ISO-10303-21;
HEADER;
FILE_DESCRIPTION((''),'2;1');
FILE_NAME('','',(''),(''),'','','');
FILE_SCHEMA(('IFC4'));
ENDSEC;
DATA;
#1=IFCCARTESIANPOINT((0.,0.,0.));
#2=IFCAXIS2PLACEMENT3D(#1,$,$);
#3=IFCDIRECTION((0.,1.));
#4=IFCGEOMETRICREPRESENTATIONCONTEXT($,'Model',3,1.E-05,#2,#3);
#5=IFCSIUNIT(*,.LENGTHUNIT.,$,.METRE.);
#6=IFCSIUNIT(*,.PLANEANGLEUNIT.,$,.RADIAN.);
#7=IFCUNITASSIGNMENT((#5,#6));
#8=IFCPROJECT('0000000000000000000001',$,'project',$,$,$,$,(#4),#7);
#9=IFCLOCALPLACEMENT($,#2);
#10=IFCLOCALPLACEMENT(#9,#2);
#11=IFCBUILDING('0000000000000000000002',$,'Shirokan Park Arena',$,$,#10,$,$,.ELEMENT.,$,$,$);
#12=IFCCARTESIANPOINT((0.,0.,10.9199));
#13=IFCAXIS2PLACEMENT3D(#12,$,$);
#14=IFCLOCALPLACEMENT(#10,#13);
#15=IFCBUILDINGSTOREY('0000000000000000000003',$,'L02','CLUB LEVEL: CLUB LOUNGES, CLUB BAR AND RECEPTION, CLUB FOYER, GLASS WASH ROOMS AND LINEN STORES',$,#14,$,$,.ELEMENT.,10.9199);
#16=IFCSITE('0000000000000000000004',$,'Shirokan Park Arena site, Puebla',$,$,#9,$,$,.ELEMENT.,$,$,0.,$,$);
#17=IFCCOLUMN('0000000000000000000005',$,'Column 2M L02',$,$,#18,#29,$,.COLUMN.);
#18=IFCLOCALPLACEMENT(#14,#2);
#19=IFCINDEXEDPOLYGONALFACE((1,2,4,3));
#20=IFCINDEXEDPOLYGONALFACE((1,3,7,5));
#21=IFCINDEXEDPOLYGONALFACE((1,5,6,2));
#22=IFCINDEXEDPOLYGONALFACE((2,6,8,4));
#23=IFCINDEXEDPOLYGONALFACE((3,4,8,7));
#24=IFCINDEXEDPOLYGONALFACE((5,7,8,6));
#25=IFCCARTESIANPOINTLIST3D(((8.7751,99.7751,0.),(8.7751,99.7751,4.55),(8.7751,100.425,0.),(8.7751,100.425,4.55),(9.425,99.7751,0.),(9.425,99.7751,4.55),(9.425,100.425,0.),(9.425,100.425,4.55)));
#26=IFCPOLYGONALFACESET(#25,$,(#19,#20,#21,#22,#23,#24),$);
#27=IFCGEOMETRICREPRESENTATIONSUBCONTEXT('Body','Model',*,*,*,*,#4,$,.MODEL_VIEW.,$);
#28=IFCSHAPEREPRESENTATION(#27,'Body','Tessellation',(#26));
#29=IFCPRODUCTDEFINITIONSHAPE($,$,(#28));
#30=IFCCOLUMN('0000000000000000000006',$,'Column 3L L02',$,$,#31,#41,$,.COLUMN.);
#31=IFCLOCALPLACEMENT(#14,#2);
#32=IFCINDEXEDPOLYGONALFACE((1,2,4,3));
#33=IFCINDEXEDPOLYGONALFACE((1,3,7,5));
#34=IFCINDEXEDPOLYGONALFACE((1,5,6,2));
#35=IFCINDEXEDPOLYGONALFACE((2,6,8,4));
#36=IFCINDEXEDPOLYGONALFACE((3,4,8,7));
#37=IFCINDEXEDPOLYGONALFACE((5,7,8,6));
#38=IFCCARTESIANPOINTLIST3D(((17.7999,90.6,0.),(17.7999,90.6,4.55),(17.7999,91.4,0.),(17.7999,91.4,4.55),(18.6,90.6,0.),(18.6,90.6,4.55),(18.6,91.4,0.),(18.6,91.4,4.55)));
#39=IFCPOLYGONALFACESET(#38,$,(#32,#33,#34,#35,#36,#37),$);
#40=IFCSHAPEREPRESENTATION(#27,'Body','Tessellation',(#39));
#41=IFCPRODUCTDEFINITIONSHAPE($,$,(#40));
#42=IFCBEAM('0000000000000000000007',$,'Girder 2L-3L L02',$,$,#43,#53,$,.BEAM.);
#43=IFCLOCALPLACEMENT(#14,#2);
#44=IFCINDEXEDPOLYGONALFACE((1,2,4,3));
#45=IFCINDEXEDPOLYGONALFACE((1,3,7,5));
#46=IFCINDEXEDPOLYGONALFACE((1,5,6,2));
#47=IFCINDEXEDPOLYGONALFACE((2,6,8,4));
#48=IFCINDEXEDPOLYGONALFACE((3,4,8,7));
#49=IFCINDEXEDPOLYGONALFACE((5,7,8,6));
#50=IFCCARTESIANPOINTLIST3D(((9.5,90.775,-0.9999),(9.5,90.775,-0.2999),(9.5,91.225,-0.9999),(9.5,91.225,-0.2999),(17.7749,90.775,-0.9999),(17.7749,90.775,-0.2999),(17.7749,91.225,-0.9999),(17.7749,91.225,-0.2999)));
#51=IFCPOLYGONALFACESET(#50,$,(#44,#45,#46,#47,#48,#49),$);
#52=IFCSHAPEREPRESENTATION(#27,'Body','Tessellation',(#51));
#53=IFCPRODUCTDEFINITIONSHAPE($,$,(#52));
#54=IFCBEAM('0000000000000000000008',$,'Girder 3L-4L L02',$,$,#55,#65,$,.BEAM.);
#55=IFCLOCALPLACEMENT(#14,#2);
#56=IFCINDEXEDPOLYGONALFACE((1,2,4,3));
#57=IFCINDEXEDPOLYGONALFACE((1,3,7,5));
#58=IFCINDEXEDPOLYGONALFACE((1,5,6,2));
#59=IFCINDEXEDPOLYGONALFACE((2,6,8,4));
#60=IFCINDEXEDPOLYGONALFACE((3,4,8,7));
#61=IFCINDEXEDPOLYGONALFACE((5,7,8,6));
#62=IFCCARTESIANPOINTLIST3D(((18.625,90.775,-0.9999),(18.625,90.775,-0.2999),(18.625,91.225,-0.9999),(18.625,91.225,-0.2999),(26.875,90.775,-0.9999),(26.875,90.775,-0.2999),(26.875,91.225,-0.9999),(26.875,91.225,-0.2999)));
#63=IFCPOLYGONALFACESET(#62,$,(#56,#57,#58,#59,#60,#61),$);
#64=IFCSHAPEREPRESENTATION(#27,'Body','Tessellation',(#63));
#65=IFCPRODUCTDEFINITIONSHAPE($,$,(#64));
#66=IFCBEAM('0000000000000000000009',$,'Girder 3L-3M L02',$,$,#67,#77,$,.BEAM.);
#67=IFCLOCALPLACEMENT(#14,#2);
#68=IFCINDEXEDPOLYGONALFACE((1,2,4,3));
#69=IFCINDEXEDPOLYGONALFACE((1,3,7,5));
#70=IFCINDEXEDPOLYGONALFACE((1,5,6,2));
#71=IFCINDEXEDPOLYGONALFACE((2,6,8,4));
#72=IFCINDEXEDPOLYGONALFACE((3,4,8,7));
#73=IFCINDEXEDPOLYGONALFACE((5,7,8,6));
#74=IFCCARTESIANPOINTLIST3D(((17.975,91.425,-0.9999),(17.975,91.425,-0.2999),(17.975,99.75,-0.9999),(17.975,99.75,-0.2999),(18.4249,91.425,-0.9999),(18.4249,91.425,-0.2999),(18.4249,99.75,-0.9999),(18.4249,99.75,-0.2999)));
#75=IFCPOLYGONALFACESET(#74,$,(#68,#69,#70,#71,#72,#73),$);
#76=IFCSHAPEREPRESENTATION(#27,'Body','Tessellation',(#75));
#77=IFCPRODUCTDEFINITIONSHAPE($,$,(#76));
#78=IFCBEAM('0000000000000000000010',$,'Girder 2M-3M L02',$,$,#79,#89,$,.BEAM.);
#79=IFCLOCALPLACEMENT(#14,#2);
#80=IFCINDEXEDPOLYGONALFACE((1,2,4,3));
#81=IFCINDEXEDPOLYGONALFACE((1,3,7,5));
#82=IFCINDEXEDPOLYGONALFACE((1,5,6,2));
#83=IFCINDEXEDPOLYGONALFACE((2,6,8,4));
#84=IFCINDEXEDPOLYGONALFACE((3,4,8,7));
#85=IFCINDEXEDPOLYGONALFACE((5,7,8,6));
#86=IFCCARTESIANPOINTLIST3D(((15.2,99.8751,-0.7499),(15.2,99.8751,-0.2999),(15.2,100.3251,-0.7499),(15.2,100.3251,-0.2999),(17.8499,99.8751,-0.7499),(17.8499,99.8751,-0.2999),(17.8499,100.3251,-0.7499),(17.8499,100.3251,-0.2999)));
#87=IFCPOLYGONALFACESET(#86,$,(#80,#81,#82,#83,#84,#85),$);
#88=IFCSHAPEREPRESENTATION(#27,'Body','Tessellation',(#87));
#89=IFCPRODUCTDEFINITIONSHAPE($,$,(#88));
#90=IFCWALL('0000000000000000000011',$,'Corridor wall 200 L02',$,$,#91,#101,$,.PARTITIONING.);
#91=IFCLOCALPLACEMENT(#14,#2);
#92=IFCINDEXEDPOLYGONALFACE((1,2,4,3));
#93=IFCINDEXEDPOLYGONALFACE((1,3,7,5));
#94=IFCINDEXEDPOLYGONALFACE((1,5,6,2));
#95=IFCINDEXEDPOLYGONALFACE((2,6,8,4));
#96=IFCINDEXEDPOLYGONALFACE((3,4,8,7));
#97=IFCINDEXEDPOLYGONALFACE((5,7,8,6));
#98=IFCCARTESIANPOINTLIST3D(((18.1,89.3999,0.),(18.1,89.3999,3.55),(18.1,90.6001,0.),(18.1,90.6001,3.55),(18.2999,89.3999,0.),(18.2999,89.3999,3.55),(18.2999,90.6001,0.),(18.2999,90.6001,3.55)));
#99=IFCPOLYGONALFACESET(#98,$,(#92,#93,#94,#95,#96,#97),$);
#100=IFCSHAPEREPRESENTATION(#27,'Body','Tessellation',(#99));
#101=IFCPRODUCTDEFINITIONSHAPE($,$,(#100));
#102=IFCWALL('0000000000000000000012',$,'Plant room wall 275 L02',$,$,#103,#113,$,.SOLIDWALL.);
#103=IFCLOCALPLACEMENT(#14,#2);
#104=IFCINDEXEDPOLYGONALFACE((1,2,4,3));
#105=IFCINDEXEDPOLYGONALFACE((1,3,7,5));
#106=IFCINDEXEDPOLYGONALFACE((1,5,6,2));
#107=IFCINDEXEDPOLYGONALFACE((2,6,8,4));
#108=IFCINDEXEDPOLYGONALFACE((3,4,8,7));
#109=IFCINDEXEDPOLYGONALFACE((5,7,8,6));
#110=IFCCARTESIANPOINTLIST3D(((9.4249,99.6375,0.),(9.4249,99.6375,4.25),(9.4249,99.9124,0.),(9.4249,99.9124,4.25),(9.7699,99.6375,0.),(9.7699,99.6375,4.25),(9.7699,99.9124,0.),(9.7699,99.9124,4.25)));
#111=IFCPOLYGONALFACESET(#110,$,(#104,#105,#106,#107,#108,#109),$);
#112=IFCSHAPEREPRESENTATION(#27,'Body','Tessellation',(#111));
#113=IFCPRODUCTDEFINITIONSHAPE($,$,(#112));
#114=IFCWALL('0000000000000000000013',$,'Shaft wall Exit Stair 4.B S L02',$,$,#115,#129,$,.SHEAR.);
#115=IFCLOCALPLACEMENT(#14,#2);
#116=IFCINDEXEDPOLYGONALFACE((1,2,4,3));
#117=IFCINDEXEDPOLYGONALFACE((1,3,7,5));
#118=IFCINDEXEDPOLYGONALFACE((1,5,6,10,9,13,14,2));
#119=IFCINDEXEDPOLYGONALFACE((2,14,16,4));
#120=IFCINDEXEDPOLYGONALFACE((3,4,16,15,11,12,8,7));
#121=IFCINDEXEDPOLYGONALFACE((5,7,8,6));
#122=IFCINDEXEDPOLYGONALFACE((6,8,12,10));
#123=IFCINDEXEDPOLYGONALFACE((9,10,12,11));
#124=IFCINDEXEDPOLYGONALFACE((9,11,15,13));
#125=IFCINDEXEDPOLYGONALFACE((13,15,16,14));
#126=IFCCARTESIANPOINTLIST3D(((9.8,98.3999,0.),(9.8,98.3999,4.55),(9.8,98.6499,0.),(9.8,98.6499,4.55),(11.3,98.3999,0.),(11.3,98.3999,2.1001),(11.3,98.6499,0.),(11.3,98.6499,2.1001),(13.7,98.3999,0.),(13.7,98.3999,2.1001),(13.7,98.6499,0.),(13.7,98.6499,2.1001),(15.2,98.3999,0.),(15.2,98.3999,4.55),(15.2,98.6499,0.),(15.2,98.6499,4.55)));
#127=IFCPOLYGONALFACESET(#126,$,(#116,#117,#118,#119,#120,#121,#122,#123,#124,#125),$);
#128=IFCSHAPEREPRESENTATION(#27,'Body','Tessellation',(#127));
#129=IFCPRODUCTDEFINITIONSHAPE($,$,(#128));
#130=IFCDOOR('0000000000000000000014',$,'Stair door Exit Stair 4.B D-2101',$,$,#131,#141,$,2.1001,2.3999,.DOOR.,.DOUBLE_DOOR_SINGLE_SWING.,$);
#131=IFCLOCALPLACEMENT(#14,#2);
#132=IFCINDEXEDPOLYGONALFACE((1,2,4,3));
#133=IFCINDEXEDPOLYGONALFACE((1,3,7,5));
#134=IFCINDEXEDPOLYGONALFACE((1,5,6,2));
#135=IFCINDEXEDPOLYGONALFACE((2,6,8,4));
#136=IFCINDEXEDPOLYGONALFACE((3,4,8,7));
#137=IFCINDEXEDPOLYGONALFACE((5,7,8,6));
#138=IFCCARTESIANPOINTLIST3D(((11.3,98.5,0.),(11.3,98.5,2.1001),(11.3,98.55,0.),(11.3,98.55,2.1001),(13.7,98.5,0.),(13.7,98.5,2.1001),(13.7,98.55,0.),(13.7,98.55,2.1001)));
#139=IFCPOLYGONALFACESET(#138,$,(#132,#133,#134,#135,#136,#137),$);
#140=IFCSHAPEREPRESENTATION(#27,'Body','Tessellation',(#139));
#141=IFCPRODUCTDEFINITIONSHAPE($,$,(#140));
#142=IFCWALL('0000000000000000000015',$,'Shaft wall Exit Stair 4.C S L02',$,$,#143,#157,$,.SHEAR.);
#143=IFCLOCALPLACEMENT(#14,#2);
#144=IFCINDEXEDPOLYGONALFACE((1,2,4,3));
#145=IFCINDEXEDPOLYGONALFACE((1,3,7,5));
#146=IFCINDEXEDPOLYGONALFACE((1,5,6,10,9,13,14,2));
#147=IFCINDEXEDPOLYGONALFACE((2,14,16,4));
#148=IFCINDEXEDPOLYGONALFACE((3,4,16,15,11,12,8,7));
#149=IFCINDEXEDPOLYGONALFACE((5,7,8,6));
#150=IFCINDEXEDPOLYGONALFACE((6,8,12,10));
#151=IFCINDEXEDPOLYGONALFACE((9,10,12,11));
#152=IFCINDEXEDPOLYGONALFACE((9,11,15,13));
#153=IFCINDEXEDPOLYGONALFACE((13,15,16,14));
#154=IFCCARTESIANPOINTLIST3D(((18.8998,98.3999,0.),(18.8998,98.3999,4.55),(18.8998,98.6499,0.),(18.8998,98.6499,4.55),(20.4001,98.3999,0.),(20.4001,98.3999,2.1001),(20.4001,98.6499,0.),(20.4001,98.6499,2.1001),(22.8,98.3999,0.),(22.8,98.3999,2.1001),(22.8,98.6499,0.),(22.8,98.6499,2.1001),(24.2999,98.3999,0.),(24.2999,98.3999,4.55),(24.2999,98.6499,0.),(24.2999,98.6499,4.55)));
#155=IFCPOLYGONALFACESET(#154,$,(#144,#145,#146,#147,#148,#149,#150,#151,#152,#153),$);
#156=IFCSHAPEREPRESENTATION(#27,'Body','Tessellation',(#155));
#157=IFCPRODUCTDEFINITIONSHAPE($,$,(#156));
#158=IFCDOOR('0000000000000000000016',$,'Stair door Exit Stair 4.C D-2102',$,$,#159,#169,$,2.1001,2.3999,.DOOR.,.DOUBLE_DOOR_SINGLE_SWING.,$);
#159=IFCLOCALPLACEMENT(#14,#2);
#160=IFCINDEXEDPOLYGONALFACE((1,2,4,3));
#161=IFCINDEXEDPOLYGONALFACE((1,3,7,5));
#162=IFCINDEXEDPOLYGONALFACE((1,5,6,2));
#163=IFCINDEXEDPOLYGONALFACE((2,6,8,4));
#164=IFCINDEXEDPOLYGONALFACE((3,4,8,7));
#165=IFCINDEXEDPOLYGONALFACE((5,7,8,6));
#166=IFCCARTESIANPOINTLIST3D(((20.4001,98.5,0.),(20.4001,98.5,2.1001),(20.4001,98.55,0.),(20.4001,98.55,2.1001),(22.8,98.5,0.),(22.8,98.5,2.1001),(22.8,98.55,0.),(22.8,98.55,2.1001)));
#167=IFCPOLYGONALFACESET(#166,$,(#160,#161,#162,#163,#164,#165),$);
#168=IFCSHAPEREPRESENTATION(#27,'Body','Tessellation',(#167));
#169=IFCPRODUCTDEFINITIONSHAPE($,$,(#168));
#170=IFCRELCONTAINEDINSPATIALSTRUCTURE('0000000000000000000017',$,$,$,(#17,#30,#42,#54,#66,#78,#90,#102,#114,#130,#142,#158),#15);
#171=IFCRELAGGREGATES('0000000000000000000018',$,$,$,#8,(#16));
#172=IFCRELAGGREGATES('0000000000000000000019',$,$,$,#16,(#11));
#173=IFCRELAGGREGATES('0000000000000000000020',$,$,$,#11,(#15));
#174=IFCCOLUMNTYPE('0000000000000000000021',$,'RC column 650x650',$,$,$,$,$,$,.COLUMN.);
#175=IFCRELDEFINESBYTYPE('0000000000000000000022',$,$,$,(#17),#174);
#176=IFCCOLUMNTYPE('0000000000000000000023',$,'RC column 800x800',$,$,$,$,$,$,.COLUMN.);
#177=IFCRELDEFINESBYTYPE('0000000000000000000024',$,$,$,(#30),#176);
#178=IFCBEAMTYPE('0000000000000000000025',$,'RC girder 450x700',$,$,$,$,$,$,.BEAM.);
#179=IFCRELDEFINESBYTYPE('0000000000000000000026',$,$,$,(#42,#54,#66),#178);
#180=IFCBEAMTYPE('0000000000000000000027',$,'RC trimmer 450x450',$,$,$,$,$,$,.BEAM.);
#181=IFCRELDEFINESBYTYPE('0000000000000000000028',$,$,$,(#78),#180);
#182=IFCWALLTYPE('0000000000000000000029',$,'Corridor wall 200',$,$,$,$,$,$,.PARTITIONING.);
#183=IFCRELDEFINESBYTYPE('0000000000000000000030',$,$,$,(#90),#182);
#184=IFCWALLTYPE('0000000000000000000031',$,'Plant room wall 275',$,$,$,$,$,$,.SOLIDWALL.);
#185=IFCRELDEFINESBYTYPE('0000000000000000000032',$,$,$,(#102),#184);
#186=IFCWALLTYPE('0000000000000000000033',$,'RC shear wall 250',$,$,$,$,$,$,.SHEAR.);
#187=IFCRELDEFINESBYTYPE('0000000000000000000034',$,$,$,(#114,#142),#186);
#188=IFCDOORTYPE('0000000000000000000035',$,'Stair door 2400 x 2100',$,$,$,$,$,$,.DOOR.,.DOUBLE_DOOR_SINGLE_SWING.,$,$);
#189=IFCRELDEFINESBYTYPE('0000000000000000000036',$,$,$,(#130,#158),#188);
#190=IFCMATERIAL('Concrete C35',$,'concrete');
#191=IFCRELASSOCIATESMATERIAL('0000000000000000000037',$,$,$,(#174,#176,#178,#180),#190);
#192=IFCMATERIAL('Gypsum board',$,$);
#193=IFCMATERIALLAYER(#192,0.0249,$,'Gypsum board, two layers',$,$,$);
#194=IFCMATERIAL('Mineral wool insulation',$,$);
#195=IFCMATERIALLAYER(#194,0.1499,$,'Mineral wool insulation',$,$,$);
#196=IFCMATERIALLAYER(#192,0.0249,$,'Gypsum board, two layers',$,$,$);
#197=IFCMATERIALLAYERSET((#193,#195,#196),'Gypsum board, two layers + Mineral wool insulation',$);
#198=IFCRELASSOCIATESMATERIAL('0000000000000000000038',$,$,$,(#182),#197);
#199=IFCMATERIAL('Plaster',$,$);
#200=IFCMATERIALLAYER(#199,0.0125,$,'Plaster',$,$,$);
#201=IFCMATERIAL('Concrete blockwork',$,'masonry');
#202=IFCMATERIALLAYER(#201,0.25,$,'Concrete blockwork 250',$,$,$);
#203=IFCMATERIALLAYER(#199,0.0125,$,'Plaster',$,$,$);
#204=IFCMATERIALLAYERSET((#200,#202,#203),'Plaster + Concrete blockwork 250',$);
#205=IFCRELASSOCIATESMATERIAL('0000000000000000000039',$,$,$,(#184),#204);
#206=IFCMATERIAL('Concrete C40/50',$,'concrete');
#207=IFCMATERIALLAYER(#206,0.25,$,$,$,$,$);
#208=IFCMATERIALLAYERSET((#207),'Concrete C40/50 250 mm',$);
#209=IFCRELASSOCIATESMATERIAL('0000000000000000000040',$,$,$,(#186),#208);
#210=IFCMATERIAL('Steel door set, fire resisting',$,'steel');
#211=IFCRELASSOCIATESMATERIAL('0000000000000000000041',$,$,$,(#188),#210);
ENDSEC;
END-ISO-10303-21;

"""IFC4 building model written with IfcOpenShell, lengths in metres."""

from ifc_helpers import new_model, si_unit, direction, frame, frame_2d, origin, origin_2d, place, context, subcontext, project, spatial, rectangle, extrude, material, layer, layer_set, material_profile, profile_set, type_object, element, fill, save


model = new_model("IFC4")

# Units and contexts
model_context = context("Model", 3, precision=1e-05, world=origin(), true_north=direction((0.0, 1.0)))
body_context = subcontext(model_context, "Body", "Model", "MODEL_VIEW")
ifc_project = project(units=[si_unit("LENGTHUNIT", "METRE"), si_unit("PLANEANGLEUNIT", "RADIAN")], contexts=[model_context])

# Site, building, storey
site_placement = place(None, origin())
site = spatial("IfcSite", under=ifc_project, at=site_placement, Name="Shirokan Park Arena site, Puebla", CompositionType="ELEMENT", RefElevation=0.0)
building_placement = place(site_placement, origin())
building = spatial("IfcBuilding", under=site, at=building_placement, Name="Shirokan Park Arena", CompositionType="ELEMENT")
storey_placement = place(building_placement, frame((0.0, 0.0, 10.9199)))
storey = spatial("IfcBuildingStorey", under=building, at=storey_placement, Name="L02", Description="CLUB LEVEL: CLUB LOUNGES, CLUB BAR AND RECEPTION, CLUB FOYER, GLASS WASH ROOMS AND LINEN STORES", CompositionType="ELEMENT", Elevation=10.9199)

# Columns
ifc_material_1 = material(Name="Concrete C35", Category="concrete")
ifc_material_profile_1 = material_profile(ifc_material_1, rectangle(XDim=0.6499, YDim=0.6499, at=origin_2d()), Name="650x650")
ifc_profile_set_1 = profile_set([ifc_material_profile_1], Name="Concrete C35")
column_type_1 = type_object("IfcColumnType", Name="RC column 650x650", PredefinedType="COLUMN", material=ifc_profile_set_1)
column_1_placement = place(storey_placement, frame((9.1001, 100.1001, 0.0), z_axis=(0.0, 0.0, 1.0), x_axis=(1.0, 0.0, 0.0)))
element("IfcColumn", 1, at=column_1_placement, inside=storey, type_object=column_type_1, Name="Column 2M L02", PredefinedType="COLUMN", context=body_context, shape_type="SweptSolid", body=[
    extrude(rectangle(XDim=0.6499, YDim=0.6499, at=origin_2d()), origin(), (0.0, 0.0, 1.0), 4.55),
])
ifc_material_profile_2 = material_profile(ifc_material_1, rectangle(XDim=0.8, YDim=0.8, at=origin_2d()), Name="800x800")
ifc_profile_set_2 = profile_set([ifc_material_profile_2], Name="Concrete C35")
column_type_2 = type_object("IfcColumnType", Name="RC column 800x800", PredefinedType="COLUMN", material=ifc_profile_set_2)
column_2_placement = place(storey_placement, frame((18.2, 91.0, 0.0), z_axis=(0.0, 0.0, 1.0), x_axis=(1.0, 0.0, 0.0)))
element("IfcColumn", 2, at=column_2_placement, inside=storey, type_object=column_type_2, Name="Column 3L L02", PredefinedType="COLUMN", context=body_context, shape_type="SweptSolid", body=[
    extrude(rectangle(XDim=0.8, YDim=0.8, at=origin_2d()), origin(), (0.0, 0.0, 1.0), 4.55),
])

# Beams
ifc_material_profile_3 = material_profile(ifc_material_1, rectangle(XDim=0.45, YDim=0.7, at=origin_2d()), Name="450x700")
ifc_profile_set_3 = profile_set([ifc_material_profile_3], Name="Concrete C35")
beam_type_1 = type_object("IfcBeamType", Name="RC girder 450x700", PredefinedType="BEAM", material=ifc_profile_set_3)
beam_1_placement = place(storey_placement, frame((9.5, 91.0, -0.6499), z_axis=(1.0, 0.0, 0.0), x_axis=(0.0, 1.0, 0.0)))
element("IfcBeam", 3, at=beam_1_placement, inside=storey, type_object=beam_type_1, Name="Girder 2L-3L L02", PredefinedType="BEAM", context=body_context, shape_type="SweptSolid", body=[
    extrude(rectangle(XDim=0.45, YDim=0.7, at=origin_2d()), origin(), (0.0, 0.0, 1.0), 8.2749),
])
beam_2_placement = place(storey_placement, frame((18.625, 91.0, -0.6499), z_axis=(1.0, 0.0, 0.0), x_axis=(0.0, 1.0, 0.0)))
element("IfcBeam", 4, at=beam_2_placement, inside=storey, type_object=beam_type_1, Name="Girder 3L-4L L02", PredefinedType="BEAM", context=body_context, shape_type="SweptSolid", body=[
    extrude(rectangle(XDim=0.45, YDim=0.7, at=origin_2d()), origin(), (0.0, 0.0, 1.0), 8.25),
])
beam_3_placement = place(storey_placement, frame((18.2, 91.425, -0.6499), z_axis=(0.0, 1.0, 0.0), x_axis=(-1.0, 0.0, 0.0)))
element("IfcBeam", 5, at=beam_3_placement, inside=storey, type_object=beam_type_1, Name="Girder 3L-3M L02", PredefinedType="BEAM", context=body_context, shape_type="SweptSolid", body=[
    extrude(rectangle(XDim=0.45, YDim=0.7, at=origin_2d()), origin(), (0.0, 0.0, 1.0), 8.325),
])
ifc_material_profile_4 = material_profile(ifc_material_1, rectangle(XDim=0.45, YDim=0.45, at=origin_2d()), Name="450x450")
ifc_profile_set_4 = profile_set([ifc_material_profile_4], Name="Concrete C35")
beam_type_2 = type_object("IfcBeamType", Name="RC trimmer 450x450", PredefinedType="BEAM", material=ifc_profile_set_4)
beam_4_placement = place(storey_placement, frame((15.2, 100.1001, -0.5249), z_axis=(1.0, 0.0, 0.0), x_axis=(0.0, 1.0, 0.0)))
element("IfcBeam", 6, at=beam_4_placement, inside=storey, type_object=beam_type_2, Name="Girder 2M-3M L02", PredefinedType="BEAM", context=body_context, shape_type="SweptSolid", body=[
    extrude(rectangle(XDim=0.45, YDim=0.45, at=origin_2d()), origin(), (0.0, 0.0, 1.0), 2.6499),
])

# Wall
ifc_material_2 = material(Name="Gypsum board")
ifc_layer_1 = layer(ifc_material_2, 0.0249, Name="Gypsum board, two layers")
ifc_material_3 = material(Name="Mineral wool insulation")
ifc_layer_2 = layer(ifc_material_3, 0.1499, Name="Mineral wool insulation")
ifc_layer_3 = layer(ifc_material_2, 0.0249, Name="Gypsum board, two layers")
ifc_layer_set_1 = layer_set([ifc_layer_1, ifc_layer_2, ifc_layer_3], Name="Gypsum board, two layers + Mineral wool insulation")
wall_type_1 = type_object("IfcWallType", Name="Corridor wall 200", PredefinedType="PARTITIONING", material=ifc_layer_set_1)
wall_1_placement = place(storey_placement, frame((18.2, 90.6001, 0.0), z_axis=(0.0, 0.0, 1.0), x_axis=(0.0, -1.0, 0.0)))
element("IfcWall", 7, at=wall_1_placement, inside=storey, type_object=wall_type_1, Name="Corridor wall 200 L02", PredefinedType="PARTITIONING", context=body_context, shape_type="SweptSolid", body=[
    extrude(rectangle(XDim=1.2002, YDim=0.2, at=frame_2d((0.6001, 0.0))), origin(), (0.0, 0.0, 1.0), 3.55),
])

# Wall
ifc_material_4 = material(Name="Plaster")
ifc_layer_4 = layer(ifc_material_4, 0.0125, Name="Plaster")
ifc_material_5 = material(Name="Concrete blockwork", Category="masonry")
ifc_layer_5 = layer(ifc_material_5, 0.25, Name="Concrete blockwork 250")
ifc_layer_6 = layer(ifc_material_4, 0.0125, Name="Plaster")
ifc_layer_set_2 = layer_set([ifc_layer_4, ifc_layer_5, ifc_layer_6], Name="Plaster + Concrete blockwork 250")
wall_type_2 = type_object("IfcWallType", Name="Plant room wall 275", PredefinedType="SOLIDWALL", material=ifc_layer_set_2)
wall_2_placement = place(storey_placement, frame((9.425, 99.7749, 0.0), z_axis=(0.0, 0.0, 1.0), x_axis=(1.0, 0.0, 0.0)))
element("IfcWall", 8, at=wall_2_placement, inside=storey, type_object=wall_type_2, Name="Plant room wall 275 L02", PredefinedType="SOLIDWALL", context=body_context, shape_type="SweptSolid", body=[
    extrude(rectangle(XDim=0.345, YDim=0.2749, at=frame_2d((0.1724, 0.0))), origin(), (0.0, 0.0, 1.0), 4.25),
])

# Walls, openings, doors
ifc_material_6 = material(Name="Concrete C40/50", Category="concrete")
ifc_layer_7 = layer(ifc_material_6, 0.25)
ifc_layer_set_3 = layer_set([ifc_layer_7], Name="Concrete C40/50 250 mm")
wall_type_3 = type_object("IfcWallType", Name="RC shear wall 250", PredefinedType="SHEAR", material=ifc_layer_set_3)
wall_3_placement = place(storey_placement, frame((15.2, 98.5249, 0.0), z_axis=(0.0, 0.0, 1.0), x_axis=(-1.0, 0.0, 0.0)))
wall_3 = element("IfcWall", 9, at=wall_3_placement, inside=storey, type_object=wall_type_3, Name="Shaft wall Exit Stair 4.B S L02", PredefinedType="SHEAR", context=body_context, shape_type="SweptSolid", body=[
    extrude(rectangle(XDim=5.3999, YDim=0.25, at=frame_2d((2.7, 0.0))), origin(), (0.0, 0.0, 1.0), 4.55),
])
opening_1_placement = place(wall_3_placement, frame((1.5, 0.0, 0.0)))
opening_1 = element("IfcOpeningElement", 10, at=opening_1_placement, cuts=wall_3, PredefinedType="OPENING", context=body_context, shape_type="SweptSolid", body=[
    extrude(rectangle(XDim=2.3999, YDim=2.1001, at=frame_2d((1.2, 1.05))), frame((0.0, 0.135, 0.0), z_axis=(0.0, -1.0, 0.0), x_axis=(1.0, 0.0, 0.0)), (0.0, 0.0, 1.0), 0.27),
])
ifc_material_7 = material(Name="Steel door set, fire resisting", Category="steel")
door_type_1 = type_object("IfcDoorType", Name="Stair door 2400 x 2100", OperationType="DOUBLE_DOOR_SINGLE_SWING", PredefinedType="DOOR", material=ifc_material_7)
door_1_placement = place(opening_1_placement, origin())
door_1 = element("IfcDoor", 11, at=door_1_placement, inside=storey, type_object=door_type_1, Name="Stair door Exit Stair 4.B D-2101", OperationType="DOUBLE_DOOR_SINGLE_SWING", OverallHeight=2.1001, OverallWidth=2.3999, PredefinedType="DOOR", context=body_context, shape_type="SweptSolid", body=[
    extrude(rectangle(XDim=2.3999, YDim=2.1001, at=frame_2d((1.2, 1.05))), frame((0.0, 0.0249, 0.0), z_axis=(0.0, -1.0, 0.0), x_axis=(1.0, 0.0, 0.0)), (0.0, 0.0, 1.0), 0.05),
])
fill(opening_1, door_1)
wall_4_placement = place(storey_placement, frame((24.3, 98.5249, 0.0), z_axis=(0.0, 0.0, 1.0), x_axis=(-1.0, 0.0, 0.0)))
wall_4 = element("IfcWall", 12, at=wall_4_placement, inside=storey, type_object=wall_type_3, Name="Shaft wall Exit Stair 4.C S L02", PredefinedType="SHEAR", context=body_context, shape_type="SweptSolid", body=[
    extrude(rectangle(XDim=5.4001, YDim=0.25, at=frame_2d((2.7002, 0.0))), origin(), (0.0, 0.0, 1.0), 4.55),
])
opening_2_placement = place(wall_4_placement, frame((1.5, 0.0, 0.0)))
opening_2 = element("IfcOpeningElement", 13, at=opening_2_placement, cuts=wall_4, PredefinedType="OPENING", context=body_context, shape_type="SweptSolid", body=[
    extrude(rectangle(XDim=2.3999, YDim=2.1001, at=frame_2d((1.2, 1.05))), frame((0.0, 0.135, 0.0), z_axis=(0.0, -1.0, 0.0), x_axis=(1.0, 0.0, 0.0)), (0.0, 0.0, 1.0), 0.27),
])
door_2_placement = place(opening_2_placement, origin())
door_2 = element("IfcDoor", 14, at=door_2_placement, inside=storey, type_object=door_type_1, Name="Stair door Exit Stair 4.C D-2102", OperationType="DOUBLE_DOOR_SINGLE_SWING", OverallHeight=2.1001, OverallWidth=2.3999, PredefinedType="DOOR", context=body_context, shape_type="SweptSolid", body=[
    extrude(rectangle(XDim=2.3999, YDim=2.1001, at=frame_2d((1.2, 1.05))), frame((0.0, 0.0249, 0.0), z_axis=(0.0, -1.0, 0.0), x_axis=(1.0, 0.0, 0.0)), (0.0, 0.0, 1.0), 0.05),
])
fill(opening_2, door_2)

save(model, "model.ifc")
